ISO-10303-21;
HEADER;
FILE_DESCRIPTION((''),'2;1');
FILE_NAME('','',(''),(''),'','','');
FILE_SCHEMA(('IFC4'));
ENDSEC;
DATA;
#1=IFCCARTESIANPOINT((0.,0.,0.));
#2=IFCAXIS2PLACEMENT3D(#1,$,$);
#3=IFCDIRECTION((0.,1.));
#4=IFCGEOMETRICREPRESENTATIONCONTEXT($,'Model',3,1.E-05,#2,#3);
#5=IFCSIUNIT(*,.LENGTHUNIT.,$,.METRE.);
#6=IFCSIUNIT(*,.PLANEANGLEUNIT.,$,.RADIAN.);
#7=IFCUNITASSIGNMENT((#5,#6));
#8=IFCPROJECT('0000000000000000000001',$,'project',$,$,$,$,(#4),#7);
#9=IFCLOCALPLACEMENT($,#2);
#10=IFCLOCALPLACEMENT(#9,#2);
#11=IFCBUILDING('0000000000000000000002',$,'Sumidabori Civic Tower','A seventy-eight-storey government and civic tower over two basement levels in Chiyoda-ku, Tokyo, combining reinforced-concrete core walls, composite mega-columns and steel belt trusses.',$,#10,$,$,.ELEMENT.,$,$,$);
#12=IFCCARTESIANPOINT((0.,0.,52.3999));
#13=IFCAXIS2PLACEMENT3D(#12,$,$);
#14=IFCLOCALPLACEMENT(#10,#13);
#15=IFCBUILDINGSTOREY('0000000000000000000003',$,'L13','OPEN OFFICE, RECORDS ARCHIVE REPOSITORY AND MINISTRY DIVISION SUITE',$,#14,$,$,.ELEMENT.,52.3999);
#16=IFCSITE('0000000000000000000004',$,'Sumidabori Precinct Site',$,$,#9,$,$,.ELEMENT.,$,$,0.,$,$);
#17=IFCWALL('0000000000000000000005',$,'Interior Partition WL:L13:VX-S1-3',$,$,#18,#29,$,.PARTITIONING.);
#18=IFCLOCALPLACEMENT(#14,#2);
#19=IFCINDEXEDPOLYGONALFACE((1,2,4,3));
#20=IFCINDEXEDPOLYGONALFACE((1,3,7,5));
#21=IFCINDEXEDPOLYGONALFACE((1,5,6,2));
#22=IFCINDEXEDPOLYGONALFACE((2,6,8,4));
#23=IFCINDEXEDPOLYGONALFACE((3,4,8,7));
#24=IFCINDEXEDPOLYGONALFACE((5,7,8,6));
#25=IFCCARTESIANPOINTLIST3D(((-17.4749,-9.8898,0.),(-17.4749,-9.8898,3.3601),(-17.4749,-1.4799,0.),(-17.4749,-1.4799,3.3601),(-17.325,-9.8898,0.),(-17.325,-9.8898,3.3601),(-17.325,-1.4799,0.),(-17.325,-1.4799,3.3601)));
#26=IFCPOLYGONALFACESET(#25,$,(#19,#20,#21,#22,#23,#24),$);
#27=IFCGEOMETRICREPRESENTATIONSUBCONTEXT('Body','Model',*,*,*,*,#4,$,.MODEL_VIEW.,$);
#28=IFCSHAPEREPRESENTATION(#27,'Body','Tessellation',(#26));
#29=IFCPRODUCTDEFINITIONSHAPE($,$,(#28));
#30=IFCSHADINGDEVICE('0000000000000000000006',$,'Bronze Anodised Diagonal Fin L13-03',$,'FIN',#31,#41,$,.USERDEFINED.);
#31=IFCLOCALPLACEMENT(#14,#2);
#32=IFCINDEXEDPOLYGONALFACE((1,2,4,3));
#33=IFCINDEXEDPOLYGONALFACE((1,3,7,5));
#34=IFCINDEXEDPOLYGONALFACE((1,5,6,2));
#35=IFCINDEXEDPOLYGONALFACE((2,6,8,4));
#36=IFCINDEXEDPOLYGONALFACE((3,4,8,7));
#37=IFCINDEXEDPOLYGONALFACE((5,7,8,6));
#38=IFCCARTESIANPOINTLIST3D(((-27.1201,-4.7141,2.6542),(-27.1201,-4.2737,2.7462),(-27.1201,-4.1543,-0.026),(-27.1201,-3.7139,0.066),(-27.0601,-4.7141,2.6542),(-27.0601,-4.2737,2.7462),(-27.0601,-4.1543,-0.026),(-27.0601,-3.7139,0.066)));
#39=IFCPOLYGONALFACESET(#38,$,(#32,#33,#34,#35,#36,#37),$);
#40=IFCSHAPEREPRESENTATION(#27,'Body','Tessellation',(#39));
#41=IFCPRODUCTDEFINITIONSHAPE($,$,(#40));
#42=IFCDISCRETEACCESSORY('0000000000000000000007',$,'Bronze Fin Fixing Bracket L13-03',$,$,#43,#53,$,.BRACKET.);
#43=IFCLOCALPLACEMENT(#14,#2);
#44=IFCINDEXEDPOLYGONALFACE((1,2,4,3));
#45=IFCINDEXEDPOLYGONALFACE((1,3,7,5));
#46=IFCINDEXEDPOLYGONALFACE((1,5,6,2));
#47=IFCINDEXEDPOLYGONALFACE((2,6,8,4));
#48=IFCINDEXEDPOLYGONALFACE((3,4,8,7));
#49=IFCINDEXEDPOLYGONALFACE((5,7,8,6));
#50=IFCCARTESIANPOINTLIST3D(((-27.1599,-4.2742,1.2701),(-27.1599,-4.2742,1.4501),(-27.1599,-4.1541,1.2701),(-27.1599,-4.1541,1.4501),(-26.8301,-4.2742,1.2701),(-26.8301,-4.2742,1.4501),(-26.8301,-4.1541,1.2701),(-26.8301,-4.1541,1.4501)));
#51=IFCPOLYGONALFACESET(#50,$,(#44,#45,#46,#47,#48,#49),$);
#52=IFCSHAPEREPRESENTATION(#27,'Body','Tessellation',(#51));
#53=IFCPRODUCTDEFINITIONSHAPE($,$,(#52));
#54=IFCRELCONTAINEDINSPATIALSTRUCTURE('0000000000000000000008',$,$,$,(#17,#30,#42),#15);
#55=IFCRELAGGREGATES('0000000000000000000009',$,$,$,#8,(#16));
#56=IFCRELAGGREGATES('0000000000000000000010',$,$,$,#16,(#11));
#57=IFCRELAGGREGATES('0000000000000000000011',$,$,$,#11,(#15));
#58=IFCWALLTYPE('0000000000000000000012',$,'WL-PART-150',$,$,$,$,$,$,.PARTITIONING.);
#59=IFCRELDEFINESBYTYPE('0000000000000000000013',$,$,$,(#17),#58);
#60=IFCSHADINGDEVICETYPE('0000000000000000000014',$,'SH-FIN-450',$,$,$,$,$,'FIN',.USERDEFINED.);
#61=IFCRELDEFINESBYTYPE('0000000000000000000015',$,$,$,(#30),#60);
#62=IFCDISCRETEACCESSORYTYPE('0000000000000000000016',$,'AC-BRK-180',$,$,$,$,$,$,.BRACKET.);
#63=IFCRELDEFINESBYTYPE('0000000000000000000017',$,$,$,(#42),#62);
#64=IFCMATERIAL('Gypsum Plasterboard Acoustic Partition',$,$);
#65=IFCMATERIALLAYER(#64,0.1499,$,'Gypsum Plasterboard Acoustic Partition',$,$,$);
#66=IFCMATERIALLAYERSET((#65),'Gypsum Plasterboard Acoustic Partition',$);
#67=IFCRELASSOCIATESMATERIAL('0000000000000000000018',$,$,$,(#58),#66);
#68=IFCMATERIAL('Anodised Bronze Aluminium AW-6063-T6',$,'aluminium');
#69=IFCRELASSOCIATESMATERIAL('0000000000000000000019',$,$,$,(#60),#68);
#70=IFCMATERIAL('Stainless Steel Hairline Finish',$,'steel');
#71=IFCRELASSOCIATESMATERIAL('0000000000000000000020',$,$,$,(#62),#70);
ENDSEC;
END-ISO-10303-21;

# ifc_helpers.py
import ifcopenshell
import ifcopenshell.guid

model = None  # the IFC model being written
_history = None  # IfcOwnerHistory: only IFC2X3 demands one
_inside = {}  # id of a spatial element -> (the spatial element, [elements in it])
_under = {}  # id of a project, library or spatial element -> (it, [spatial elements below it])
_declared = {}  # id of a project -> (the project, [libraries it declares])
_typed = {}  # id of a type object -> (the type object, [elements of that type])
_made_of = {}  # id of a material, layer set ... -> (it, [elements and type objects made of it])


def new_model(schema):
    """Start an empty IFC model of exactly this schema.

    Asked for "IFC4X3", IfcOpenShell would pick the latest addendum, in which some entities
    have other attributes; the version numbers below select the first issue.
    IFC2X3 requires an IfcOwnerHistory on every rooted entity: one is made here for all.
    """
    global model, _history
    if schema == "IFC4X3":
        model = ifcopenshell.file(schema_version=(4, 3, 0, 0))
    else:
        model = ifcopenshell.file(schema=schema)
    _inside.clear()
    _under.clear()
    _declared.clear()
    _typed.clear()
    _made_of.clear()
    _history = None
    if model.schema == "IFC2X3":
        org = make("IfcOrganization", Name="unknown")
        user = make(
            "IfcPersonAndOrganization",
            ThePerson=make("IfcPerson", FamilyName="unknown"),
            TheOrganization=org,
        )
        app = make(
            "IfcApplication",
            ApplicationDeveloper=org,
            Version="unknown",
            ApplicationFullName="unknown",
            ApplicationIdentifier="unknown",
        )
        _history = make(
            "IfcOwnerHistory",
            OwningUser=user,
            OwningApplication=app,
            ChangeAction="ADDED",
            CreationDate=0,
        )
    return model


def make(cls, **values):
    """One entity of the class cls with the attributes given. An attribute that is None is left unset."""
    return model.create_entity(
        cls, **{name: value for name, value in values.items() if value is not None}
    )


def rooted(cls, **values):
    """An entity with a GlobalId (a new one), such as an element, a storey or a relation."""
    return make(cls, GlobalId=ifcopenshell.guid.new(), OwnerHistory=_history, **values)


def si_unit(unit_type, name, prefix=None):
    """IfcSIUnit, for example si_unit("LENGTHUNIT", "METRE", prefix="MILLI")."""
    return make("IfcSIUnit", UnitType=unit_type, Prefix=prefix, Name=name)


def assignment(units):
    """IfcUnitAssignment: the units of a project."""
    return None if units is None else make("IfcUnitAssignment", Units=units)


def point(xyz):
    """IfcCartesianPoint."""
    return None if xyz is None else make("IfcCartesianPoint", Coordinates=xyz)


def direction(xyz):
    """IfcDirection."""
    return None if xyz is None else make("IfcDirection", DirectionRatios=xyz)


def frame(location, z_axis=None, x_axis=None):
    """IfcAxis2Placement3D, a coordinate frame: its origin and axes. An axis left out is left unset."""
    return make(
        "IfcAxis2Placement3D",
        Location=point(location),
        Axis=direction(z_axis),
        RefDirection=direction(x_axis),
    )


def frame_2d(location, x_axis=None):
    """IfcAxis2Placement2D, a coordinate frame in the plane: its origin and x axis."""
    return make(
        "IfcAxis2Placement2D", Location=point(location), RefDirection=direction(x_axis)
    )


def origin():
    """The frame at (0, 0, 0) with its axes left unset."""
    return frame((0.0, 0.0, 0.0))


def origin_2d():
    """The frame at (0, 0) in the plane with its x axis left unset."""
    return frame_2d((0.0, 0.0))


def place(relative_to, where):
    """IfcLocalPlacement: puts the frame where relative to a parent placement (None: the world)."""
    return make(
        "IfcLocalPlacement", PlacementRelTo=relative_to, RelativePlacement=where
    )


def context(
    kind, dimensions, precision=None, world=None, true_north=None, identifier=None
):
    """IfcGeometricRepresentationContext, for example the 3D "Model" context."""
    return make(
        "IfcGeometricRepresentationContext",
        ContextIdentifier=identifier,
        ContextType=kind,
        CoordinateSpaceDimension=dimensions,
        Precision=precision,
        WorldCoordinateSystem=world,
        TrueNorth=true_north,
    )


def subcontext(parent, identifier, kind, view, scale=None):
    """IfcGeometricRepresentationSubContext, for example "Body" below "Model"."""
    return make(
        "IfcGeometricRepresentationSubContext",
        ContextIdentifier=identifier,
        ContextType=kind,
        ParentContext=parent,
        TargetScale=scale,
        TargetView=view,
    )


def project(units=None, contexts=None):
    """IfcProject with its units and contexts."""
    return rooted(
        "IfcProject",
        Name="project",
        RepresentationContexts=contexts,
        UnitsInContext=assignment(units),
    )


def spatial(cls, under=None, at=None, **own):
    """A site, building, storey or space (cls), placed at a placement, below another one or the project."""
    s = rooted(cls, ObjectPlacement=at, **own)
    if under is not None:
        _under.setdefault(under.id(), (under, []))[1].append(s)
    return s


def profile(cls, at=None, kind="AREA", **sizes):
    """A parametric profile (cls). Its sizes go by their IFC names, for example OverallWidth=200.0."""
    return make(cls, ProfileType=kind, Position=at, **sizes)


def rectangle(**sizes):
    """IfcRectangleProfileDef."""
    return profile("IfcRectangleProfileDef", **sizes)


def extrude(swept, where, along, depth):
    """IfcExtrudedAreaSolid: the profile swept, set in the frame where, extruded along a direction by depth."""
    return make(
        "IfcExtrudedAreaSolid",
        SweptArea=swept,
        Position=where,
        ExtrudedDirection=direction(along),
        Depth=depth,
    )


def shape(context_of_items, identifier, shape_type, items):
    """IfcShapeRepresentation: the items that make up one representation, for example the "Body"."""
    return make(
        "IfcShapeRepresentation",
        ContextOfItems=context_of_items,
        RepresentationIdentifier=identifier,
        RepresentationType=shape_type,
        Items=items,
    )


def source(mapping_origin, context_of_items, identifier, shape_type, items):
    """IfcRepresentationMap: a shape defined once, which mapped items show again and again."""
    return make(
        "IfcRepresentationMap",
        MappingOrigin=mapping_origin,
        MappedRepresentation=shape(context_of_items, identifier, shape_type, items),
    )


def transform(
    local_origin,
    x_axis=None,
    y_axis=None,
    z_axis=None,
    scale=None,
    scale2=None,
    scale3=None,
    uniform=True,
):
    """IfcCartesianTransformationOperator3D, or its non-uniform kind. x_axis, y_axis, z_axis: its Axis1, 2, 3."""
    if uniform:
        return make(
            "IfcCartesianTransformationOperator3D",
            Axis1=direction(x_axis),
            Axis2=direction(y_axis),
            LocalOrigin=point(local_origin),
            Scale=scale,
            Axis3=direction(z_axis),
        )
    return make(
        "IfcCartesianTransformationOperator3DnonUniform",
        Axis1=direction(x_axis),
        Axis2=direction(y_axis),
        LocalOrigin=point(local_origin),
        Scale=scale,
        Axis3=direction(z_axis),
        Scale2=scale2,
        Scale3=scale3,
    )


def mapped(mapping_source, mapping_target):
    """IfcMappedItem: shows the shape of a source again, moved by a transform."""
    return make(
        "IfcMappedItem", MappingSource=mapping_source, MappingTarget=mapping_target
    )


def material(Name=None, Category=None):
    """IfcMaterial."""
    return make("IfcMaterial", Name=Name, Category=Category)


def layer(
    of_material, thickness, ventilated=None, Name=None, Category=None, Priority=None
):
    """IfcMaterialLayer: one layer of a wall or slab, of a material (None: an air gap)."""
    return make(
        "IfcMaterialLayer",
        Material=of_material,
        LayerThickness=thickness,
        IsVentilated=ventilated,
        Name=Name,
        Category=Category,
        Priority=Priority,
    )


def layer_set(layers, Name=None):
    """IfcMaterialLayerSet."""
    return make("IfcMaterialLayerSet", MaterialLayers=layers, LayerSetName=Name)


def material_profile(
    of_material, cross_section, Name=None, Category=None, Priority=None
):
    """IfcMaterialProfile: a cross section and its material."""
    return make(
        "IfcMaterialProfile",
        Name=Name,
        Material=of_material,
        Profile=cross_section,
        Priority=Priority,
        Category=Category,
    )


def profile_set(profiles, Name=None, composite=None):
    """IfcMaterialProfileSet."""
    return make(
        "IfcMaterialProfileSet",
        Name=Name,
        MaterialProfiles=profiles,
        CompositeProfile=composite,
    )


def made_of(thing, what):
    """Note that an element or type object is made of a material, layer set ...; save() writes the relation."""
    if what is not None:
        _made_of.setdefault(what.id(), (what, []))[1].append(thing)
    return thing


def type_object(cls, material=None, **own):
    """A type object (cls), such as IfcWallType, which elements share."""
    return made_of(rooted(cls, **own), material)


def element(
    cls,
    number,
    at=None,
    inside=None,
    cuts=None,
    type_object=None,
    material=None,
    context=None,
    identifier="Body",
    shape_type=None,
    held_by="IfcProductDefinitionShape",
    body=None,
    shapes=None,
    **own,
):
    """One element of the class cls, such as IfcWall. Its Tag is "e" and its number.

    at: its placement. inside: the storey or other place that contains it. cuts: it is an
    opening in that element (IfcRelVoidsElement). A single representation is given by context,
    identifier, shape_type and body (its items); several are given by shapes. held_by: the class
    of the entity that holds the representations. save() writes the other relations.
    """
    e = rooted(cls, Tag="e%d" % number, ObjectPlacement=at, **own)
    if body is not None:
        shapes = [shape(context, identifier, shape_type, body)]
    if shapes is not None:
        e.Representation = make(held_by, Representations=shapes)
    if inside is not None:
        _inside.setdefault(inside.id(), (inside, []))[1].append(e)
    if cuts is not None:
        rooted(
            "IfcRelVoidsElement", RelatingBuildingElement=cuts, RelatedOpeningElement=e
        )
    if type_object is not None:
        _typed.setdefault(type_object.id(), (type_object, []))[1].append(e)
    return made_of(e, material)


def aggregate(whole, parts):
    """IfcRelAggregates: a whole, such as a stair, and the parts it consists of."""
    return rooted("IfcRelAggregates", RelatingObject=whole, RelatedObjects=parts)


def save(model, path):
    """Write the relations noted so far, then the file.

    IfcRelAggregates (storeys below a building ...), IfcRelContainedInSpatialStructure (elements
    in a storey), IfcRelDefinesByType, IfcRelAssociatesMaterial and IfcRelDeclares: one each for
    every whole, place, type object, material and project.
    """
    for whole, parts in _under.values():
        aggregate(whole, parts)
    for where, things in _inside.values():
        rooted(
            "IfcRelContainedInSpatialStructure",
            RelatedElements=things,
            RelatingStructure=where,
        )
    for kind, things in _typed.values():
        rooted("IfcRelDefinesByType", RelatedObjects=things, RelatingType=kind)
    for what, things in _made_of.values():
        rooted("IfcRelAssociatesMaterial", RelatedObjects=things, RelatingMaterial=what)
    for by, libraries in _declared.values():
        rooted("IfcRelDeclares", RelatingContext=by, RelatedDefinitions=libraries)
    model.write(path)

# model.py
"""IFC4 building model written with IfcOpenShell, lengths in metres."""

from ifc_helpers import new_model, si_unit, direction, frame, frame_2d, origin, origin_2d, place, context, subcontext, project, spatial, rectangle, extrude, source, transform, mapped, material, layer, layer_set, material_profile, profile_set, type_object, element, save


model = new_model("IFC4")

# Units and contexts
model_context = context("Model", 3, precision=1e-05, world=origin(), true_north=direction((0.0, 1.0)))
body_context = subcontext(model_context, "Body", "Model", "MODEL_VIEW")
ifc_project = project(units=[si_unit("LENGTHUNIT", "METRE"), si_unit("PLANEANGLEUNIT", "RADIAN")], contexts=[model_context])

# Site, building, storey
site_placement = place(None, origin())
site = spatial("IfcSite", under=ifc_project, at=site_placement, Name="Sumidabori Precinct Site", CompositionType="ELEMENT", RefElevation=0.0)
building_placement = place(site_placement, origin())
building = spatial("IfcBuilding", under=site, at=building_placement, Name="Sumidabori Civic Tower", Description="A seventy-eight-storey government and civic tower over two basement levels in Chiyoda-ku, Tokyo, combining reinforced-concrete core walls, composite mega-columns and steel belt trusses.", CompositionType="ELEMENT")
storey_placement = place(building_placement, frame((0.0, 0.0, 52.3999)))
storey = spatial("IfcBuildingStorey", under=building, at=storey_placement, Name="L13", Description="OPEN OFFICE, RECORDS ARCHIVE REPOSITORY AND MINISTRY DIVISION SUITE", CompositionType="ELEMENT", Elevation=52.3999)

# Shared definitions
ifc_material_1 = material(Name="Anodised Bronze Aluminium AW-6063-T6", Category="aluminium")

# Shared definitions
ifc_material_2 = material(Name="Gypsum Plasterboard Acoustic Partition")
ifc_layer_1 = layer(ifc_material_2, 0.1499, Name="Gypsum Plasterboard Acoustic Partition")
ifc_layer_set_1 = layer_set([ifc_layer_1], Name="Gypsum Plasterboard Acoustic Partition")
wall_type = type_object("IfcWallType", Name="WL-PART-150", PredefinedType="PARTITIONING", material=ifc_layer_set_1)

# Wall
shared_shape_1 = source(origin(), body_context, "Body", "SweptSolid", [
    extrude(rectangle(XDim=8.4099, YDim=0.1499, at=frame_2d((4.2051, 0.0))), origin(), (0.0, 0.0, 1.0), 3.3601),
])
wall_1_placement = place(storey_placement, frame((-17.3999, -9.8899, 0.0), z_axis=(0.0, 0.0, 1.0), x_axis=(0.0, 1.0, 0.0)))
element("IfcWall", 1, at=wall_1_placement, inside=storey, type_object=wall_type, Name="Interior Partition WL:L13:VX-S1-3", PredefinedType="PARTITIONING", context=body_context, shape_type="MappedRepresentation", body=[
    mapped(shared_shape_1, transform((0.0, 0.0, 0.0), x_axis=(1.0, 0.0, 0.0), y_axis=(0.0, 1.0, 0.0), z_axis=(0.0, 0.0, 1.0), scale=1.0)),
])

# Shading device
ifc_material_profile_1 = material_profile(ifc_material_1, rectangle(XDim=0.0601, YDim=0.45, at=origin_2d()), Name="BRONZE FIN 450x60")
ifc_profile_set_1 = profile_set([ifc_material_profile_1], Name="Anodised Bronze Aluminium AW-6063-T6")
shading_device_type = type_object("IfcShadingDeviceType", Name="SH-FIN-450", ElementType="FIN", PredefinedType="USERDEFINED", material=ifc_profile_set_1)
shared_shape_2 = source(origin(), body_context, "Body", "SweptSolid", [
    extrude(rectangle(XDim=0.0601, YDim=0.45, at=origin_2d()), origin(), (0.0, 0.0, 1.0), 2.738),
])
shading_device_placement = place(storey_placement, frame((-27.0901, -3.9341, 0.02), z_axis=(0.0, -0.20446, 0.978875), x_axis=(-1.0, 0.0, 0.0)))
element("IfcShadingDevice", 2, at=shading_device_placement, inside=storey, type_object=shading_device_type, Name="Bronze Anodised Diagonal Fin L13-03", ObjectType="FIN", PredefinedType="USERDEFINED", context=body_context, shape_type="MappedRepresentation", body=[
    mapped(shared_shape_2, transform((0.0, 0.0, 0.0), x_axis=(1.0, 0.0, 0.0), y_axis=(0.0, 1.0, 0.0), z_axis=(0.0, 0.0, 1.0), scale=1.0)),
])

# Discrete accessory
ifc_material_3 = material(Name="Stainless Steel Hairline Finish", Category="steel")
ifc_material_profile_2 = material_profile(ifc_material_3, rectangle(XDim=0.1201, YDim=0.1799, at=origin_2d()), Name="STEEL BRACKET 180x120")
ifc_profile_set_2 = profile_set([ifc_material_profile_2], Name="Stainless Steel Hairline Finish")
discrete_accessory_type = type_object("IfcDiscreteAccessoryType", Name="AC-BRK-180", PredefinedType="BRACKET", material=ifc_profile_set_2)
shared_shape_3 = source(origin(), body_context, "Body", "SweptSolid", [
    extrude(rectangle(XDim=0.1201, YDim=0.1799, at=origin_2d()), origin(), (0.0, 0.0, 1.0), 0.3298),
])
discrete_accessory_placement = place(storey_placement, frame((-26.8301, -4.2141, 1.3601), z_axis=(-1.0, 0.0, 0.0), x_axis=(0.0, -1.0, 0.0)))
element("IfcDiscreteAccessory", 3, at=discrete_accessory_placement, inside=storey, type_object=discrete_accessory_type, Name="Bronze Fin Fixing Bracket L13-03", PredefinedType="BRACKET", context=body_context, shape_type="MappedRepresentation", body=[
    mapped(shared_shape_3, transform((0.0, 0.0, 0.0), x_axis=(1.0, 0.0, 0.0), y_axis=(0.0, 1.0, 0.0), z_axis=(0.0, 0.0, 1.0), scale=1.0)),
])

save(model, "model.ifc")
